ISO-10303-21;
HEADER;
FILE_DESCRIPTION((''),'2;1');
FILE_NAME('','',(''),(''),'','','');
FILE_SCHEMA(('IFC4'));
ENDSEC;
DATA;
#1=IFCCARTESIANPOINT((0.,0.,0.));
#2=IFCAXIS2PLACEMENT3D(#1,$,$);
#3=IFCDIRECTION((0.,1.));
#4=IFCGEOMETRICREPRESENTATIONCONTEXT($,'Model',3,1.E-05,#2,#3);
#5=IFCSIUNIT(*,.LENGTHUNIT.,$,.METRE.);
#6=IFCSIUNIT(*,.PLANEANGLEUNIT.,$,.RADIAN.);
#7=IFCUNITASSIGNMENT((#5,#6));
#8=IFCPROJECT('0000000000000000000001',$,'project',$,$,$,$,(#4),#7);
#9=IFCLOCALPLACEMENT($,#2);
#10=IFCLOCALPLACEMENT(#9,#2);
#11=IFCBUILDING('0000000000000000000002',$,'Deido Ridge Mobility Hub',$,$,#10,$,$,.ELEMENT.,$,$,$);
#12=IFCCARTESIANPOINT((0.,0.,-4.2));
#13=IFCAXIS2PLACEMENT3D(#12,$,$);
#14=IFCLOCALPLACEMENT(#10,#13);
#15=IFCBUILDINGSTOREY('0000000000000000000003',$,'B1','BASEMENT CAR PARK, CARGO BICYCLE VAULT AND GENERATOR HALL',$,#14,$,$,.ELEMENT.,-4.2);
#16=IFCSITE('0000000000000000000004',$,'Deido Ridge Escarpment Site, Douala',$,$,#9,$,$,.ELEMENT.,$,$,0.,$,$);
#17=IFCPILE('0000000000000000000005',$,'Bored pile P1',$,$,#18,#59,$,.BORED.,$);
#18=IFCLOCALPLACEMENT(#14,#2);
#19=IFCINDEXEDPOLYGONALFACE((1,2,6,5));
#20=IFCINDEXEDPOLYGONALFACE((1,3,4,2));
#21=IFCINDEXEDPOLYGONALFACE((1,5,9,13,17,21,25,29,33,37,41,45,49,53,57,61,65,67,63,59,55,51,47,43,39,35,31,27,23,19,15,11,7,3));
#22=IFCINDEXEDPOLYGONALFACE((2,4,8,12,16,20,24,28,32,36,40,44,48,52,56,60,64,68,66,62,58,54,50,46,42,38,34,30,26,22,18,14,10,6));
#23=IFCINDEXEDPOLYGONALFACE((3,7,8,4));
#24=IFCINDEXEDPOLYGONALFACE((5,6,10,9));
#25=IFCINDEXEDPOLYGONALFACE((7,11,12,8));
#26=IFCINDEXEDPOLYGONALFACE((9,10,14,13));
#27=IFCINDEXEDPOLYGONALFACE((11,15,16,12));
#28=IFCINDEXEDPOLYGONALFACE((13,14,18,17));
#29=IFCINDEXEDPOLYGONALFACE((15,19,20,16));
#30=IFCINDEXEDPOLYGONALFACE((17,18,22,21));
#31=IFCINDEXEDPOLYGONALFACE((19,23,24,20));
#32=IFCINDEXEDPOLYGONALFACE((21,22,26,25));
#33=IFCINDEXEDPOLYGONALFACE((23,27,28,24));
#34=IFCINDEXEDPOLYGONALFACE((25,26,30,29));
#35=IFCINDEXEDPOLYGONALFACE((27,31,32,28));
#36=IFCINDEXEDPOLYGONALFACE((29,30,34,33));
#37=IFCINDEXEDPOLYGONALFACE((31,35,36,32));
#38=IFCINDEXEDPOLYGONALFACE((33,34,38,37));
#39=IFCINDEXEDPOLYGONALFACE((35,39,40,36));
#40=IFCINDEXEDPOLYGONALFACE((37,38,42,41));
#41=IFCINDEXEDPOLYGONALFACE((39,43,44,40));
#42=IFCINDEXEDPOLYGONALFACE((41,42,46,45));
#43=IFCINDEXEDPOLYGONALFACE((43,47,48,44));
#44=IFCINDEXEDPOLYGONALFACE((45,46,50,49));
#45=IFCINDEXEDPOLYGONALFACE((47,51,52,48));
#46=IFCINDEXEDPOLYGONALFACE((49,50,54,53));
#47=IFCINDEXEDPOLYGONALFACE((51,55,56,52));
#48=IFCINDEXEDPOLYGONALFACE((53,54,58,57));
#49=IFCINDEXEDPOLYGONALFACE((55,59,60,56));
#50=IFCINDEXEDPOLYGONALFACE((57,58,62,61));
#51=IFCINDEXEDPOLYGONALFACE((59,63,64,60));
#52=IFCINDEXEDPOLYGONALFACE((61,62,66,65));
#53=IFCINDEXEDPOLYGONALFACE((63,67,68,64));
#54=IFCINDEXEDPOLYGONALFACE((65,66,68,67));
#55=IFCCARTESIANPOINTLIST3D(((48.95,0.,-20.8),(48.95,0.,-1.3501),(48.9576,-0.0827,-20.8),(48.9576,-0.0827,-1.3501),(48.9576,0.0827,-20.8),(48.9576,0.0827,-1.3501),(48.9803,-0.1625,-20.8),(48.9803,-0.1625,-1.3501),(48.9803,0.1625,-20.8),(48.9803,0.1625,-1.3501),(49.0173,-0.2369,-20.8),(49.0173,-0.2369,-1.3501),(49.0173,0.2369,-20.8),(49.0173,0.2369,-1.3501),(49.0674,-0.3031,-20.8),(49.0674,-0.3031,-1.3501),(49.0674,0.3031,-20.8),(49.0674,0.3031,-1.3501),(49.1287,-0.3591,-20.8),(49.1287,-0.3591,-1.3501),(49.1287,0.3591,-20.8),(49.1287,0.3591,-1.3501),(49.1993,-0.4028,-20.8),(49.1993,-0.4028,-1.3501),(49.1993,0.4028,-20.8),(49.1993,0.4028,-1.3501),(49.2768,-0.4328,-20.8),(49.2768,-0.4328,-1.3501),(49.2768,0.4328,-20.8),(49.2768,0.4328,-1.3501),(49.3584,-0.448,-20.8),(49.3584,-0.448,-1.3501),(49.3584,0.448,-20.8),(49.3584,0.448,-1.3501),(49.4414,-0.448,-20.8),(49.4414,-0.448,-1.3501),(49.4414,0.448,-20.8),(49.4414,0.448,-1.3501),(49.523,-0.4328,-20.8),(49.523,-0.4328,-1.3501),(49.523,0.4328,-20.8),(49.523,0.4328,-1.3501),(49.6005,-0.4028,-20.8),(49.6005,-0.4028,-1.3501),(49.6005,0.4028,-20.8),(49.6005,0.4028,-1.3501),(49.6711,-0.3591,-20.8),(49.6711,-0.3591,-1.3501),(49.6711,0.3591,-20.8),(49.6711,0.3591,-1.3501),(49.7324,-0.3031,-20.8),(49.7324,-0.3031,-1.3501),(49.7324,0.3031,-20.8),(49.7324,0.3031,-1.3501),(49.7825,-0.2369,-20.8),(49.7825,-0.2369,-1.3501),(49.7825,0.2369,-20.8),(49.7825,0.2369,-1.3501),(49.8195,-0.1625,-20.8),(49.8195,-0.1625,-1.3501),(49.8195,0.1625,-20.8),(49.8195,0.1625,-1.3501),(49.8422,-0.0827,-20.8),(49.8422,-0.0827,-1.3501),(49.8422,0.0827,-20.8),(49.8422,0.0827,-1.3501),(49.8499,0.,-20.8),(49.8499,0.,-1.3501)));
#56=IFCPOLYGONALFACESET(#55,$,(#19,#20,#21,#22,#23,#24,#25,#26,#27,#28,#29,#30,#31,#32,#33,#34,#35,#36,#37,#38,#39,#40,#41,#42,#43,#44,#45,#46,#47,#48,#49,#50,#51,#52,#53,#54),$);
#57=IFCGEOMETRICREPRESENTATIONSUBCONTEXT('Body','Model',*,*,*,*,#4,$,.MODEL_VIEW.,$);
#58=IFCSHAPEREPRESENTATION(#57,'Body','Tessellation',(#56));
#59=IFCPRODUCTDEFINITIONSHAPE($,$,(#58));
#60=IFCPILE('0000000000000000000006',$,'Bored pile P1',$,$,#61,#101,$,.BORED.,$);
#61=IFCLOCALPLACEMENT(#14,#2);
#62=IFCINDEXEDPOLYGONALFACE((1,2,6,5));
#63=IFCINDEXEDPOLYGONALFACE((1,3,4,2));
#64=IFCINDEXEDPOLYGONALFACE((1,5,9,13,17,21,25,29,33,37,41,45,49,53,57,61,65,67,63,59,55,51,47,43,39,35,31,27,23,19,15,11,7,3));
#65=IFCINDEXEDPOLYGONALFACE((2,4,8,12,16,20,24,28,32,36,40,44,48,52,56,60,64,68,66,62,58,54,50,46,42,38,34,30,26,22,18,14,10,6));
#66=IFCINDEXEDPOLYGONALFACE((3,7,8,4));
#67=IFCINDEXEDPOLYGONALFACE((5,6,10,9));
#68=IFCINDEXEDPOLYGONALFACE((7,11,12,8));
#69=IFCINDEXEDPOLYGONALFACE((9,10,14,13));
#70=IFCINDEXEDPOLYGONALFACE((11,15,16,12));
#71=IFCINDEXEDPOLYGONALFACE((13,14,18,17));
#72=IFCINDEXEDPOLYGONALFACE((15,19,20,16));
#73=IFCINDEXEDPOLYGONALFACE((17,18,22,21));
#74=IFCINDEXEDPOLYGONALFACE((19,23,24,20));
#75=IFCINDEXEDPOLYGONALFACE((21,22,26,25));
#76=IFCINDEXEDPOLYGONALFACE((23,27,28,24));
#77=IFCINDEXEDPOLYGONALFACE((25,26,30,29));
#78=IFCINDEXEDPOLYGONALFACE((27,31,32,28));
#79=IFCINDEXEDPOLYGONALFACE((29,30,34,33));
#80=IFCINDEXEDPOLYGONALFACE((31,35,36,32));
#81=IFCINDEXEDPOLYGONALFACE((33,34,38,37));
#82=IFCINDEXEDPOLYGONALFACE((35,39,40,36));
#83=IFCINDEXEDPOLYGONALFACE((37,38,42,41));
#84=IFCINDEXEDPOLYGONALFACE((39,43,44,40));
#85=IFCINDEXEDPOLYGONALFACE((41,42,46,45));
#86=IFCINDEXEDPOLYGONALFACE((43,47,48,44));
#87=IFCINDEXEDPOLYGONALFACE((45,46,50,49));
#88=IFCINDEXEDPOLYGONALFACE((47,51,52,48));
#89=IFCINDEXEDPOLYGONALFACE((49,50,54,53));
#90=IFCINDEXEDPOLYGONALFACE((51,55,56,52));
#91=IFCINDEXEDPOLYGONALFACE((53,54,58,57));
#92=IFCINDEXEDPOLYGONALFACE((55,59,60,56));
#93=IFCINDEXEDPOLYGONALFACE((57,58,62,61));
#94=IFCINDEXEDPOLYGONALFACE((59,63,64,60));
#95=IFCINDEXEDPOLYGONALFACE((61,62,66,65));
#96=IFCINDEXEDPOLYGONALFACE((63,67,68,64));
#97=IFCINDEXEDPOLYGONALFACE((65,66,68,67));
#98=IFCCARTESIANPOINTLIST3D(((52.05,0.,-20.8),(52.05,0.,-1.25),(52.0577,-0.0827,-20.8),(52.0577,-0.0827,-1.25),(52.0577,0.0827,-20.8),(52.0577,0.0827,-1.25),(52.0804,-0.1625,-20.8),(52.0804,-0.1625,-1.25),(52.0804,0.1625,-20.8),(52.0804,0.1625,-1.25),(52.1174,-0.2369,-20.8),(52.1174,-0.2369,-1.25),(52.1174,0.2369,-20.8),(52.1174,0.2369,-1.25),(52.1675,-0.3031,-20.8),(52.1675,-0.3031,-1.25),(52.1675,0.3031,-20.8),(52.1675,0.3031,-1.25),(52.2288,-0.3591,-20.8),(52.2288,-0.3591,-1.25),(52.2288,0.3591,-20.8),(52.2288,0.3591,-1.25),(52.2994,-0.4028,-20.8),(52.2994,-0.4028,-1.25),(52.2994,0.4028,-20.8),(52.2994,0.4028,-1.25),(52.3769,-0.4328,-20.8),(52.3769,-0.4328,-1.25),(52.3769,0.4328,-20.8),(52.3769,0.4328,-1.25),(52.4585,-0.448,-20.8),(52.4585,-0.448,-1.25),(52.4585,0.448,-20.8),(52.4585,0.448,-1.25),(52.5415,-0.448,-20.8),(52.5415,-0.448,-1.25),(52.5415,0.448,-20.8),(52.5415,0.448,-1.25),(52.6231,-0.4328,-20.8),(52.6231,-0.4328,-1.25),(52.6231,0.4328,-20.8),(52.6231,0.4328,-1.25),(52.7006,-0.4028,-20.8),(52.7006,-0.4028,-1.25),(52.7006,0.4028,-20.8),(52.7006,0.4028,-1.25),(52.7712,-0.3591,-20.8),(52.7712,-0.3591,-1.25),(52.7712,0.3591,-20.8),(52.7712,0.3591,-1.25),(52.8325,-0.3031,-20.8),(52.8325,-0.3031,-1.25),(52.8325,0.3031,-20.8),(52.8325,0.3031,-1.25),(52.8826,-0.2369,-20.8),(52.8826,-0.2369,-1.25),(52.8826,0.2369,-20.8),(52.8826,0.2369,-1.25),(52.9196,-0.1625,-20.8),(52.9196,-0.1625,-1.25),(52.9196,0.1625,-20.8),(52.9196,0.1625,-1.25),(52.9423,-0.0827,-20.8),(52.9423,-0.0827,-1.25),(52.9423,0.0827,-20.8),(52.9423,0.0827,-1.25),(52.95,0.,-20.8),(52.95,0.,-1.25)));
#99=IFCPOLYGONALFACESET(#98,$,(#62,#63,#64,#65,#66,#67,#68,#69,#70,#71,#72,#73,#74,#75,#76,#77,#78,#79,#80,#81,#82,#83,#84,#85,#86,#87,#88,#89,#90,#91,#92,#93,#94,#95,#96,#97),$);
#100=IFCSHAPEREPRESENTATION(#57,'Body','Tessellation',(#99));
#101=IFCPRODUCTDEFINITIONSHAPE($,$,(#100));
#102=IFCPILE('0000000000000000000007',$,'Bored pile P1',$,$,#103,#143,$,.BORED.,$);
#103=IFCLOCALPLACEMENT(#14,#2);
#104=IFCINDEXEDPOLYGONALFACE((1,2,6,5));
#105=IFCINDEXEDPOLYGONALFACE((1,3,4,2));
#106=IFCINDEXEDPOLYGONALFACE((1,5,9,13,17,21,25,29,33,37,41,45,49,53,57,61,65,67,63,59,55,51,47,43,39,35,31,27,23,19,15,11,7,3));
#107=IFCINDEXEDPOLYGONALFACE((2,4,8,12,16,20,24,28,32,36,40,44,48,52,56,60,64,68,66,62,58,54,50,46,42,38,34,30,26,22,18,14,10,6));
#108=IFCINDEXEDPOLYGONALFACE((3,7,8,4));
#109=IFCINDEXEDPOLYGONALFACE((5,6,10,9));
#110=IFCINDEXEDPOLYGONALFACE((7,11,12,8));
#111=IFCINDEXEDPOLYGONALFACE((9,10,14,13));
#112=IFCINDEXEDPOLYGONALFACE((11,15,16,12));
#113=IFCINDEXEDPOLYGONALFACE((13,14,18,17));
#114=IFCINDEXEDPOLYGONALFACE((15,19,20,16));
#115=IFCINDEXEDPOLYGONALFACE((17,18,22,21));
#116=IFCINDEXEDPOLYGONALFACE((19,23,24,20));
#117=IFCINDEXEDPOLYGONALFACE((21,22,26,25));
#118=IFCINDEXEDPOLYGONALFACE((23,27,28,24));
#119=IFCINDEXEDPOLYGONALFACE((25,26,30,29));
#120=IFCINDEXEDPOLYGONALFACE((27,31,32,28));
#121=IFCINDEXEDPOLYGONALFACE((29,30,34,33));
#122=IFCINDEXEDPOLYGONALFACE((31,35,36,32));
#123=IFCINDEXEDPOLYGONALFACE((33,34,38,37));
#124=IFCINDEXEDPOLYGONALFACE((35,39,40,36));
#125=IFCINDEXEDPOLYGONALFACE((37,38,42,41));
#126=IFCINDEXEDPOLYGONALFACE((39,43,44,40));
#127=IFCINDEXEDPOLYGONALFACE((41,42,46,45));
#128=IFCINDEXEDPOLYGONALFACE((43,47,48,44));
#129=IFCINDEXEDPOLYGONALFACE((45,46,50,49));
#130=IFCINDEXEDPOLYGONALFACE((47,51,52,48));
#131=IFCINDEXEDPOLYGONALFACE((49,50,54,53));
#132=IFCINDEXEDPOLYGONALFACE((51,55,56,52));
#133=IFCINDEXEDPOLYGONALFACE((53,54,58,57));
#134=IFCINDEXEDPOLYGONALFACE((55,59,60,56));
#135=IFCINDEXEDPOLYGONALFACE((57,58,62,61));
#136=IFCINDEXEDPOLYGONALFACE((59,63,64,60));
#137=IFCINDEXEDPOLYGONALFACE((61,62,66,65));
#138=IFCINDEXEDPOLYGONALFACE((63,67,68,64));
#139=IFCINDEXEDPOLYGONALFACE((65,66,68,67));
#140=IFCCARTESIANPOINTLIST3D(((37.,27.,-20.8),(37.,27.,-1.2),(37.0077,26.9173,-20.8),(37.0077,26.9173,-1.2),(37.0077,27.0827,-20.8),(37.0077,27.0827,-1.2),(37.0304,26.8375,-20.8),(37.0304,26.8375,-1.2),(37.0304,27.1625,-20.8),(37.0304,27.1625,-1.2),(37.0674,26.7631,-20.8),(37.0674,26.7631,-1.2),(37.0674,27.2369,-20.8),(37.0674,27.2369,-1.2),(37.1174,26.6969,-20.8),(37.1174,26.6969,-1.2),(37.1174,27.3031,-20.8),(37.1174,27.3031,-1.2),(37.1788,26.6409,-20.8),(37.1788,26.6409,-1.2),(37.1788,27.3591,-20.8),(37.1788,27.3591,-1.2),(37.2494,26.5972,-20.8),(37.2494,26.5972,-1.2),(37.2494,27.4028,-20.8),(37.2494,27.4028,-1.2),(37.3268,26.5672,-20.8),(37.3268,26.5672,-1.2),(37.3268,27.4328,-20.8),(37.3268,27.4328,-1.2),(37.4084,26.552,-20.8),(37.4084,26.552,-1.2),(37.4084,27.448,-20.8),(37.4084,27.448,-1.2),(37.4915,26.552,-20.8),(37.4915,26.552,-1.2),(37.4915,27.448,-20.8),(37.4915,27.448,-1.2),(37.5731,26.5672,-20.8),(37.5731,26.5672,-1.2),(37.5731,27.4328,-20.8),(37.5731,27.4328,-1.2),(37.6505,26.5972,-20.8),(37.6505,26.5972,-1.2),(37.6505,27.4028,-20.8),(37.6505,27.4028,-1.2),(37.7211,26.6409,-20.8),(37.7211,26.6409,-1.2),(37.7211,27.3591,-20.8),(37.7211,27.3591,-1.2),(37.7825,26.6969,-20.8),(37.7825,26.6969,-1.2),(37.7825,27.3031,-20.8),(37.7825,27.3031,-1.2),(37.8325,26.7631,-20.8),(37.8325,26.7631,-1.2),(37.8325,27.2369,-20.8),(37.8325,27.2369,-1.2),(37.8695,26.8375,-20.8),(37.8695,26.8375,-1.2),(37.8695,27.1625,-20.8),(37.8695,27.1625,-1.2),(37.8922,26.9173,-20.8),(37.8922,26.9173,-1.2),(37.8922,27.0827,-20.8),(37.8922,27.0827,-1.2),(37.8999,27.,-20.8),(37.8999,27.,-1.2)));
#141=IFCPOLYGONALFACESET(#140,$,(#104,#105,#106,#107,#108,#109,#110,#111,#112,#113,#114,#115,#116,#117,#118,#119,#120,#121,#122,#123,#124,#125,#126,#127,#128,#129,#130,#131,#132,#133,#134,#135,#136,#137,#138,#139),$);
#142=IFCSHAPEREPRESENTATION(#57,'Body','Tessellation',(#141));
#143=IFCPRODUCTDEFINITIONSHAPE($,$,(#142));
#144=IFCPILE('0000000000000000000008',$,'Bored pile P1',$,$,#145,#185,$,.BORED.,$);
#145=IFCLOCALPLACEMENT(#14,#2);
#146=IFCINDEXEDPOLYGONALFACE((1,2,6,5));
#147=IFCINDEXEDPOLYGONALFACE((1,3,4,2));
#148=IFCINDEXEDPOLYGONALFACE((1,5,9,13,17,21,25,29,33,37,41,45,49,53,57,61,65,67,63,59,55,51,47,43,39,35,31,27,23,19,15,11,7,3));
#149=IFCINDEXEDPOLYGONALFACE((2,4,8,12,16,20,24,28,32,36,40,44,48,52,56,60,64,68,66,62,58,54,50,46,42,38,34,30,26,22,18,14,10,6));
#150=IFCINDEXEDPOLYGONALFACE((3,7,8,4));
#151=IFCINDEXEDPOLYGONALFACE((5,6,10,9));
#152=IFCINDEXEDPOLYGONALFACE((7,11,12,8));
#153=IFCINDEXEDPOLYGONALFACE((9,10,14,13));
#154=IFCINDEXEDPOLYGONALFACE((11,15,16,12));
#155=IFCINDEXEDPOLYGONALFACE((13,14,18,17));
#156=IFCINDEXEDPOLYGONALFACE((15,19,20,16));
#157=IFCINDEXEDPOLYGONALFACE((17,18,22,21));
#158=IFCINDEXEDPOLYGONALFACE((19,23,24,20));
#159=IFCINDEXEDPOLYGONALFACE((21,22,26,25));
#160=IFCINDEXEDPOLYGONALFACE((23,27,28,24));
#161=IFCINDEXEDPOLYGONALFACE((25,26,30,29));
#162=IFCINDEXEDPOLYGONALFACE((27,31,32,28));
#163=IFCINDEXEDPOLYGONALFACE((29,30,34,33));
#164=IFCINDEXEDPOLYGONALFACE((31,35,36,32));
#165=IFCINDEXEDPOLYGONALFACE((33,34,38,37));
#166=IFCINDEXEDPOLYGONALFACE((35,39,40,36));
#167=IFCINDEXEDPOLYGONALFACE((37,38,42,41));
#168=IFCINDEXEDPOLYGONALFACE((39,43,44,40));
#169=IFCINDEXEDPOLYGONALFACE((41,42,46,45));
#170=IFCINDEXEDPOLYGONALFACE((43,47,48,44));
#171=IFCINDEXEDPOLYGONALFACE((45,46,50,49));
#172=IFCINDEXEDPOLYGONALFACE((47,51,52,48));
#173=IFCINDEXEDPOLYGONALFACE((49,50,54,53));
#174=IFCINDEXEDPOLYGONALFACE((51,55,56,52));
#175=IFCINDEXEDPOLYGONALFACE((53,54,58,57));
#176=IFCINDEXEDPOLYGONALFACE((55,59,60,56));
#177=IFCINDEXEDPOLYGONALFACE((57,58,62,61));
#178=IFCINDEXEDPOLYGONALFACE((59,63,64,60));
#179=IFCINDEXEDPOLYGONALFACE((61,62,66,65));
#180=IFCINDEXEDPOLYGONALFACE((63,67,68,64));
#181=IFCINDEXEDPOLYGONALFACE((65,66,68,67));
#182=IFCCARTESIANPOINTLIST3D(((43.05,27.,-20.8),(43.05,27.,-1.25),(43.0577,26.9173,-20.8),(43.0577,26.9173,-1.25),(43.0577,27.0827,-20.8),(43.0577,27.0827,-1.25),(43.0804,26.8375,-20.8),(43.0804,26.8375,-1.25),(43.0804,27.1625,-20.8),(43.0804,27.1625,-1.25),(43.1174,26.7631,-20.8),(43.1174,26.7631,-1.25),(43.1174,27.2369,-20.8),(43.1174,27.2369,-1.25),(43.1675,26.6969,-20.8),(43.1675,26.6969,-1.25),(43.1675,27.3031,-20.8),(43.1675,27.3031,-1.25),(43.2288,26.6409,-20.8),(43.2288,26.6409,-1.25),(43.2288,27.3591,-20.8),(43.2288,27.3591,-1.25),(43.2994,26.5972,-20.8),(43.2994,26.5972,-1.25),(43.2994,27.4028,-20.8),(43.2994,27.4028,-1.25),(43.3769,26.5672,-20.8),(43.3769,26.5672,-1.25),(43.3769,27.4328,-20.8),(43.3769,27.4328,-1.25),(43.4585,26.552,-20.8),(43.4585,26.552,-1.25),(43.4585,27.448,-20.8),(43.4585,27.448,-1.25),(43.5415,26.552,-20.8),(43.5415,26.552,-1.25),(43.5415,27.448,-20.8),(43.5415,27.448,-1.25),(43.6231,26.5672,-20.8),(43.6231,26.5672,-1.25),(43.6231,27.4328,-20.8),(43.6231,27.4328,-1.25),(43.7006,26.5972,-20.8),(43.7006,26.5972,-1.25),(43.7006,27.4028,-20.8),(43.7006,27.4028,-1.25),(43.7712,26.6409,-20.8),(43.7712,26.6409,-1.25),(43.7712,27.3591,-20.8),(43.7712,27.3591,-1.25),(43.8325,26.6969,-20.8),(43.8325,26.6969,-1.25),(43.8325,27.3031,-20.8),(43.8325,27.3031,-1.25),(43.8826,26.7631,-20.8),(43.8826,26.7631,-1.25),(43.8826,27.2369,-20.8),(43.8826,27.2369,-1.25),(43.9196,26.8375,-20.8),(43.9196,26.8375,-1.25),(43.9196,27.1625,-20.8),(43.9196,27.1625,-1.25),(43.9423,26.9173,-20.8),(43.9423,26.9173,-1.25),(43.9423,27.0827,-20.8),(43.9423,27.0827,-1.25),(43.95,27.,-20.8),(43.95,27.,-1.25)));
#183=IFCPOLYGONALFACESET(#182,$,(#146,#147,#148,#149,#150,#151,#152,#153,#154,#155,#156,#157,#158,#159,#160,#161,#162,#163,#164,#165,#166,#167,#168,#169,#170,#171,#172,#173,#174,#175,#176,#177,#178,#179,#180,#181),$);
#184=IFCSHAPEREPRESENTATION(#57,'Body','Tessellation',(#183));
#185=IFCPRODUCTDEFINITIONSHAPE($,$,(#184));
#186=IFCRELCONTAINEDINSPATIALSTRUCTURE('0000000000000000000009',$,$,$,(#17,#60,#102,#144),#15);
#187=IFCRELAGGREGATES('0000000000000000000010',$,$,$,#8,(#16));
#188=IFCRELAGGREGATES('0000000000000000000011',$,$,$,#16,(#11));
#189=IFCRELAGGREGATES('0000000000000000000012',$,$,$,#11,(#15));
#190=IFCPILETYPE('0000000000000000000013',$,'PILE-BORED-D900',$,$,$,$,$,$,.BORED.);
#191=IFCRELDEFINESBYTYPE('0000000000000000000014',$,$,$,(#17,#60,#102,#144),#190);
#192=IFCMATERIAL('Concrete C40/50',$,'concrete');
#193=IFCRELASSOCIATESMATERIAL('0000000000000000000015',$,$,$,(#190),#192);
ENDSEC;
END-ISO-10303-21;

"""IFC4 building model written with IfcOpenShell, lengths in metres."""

from ifc_helpers import new_model, si_unit, direction, frame, origin, origin_2d, place, context, subcontext, project, spatial, circle, extrude, material, material_profile, profile_set, type_object, element, save


model = new_model("IFC4")

# Units and contexts
model_context = context("Model", 3, precision=1e-05, world=origin(), true_north=direction((0.0, 1.0)))
body_context = subcontext(model_context, "Body", "Model", "MODEL_VIEW")
ifc_project = project(units=[si_unit("LENGTHUNIT", "METRE"), si_unit("PLANEANGLEUNIT", "RADIAN")], contexts=[model_context])

# Site, building, storey
site_placement = place(None, origin())
site = spatial("IfcSite", under=ifc_project, at=site_placement, Name="Deido Ridge Escarpment Site, Douala", CompositionType="ELEMENT", RefElevation=0.0)
building_placement = place(site_placement, origin())
building = spatial("IfcBuilding", under=site, at=building_placement, Name="Deido Ridge Mobility Hub", CompositionType="ELEMENT")
storey_placement = place(building_placement, frame((0.0, 0.0, -4.2)))
storey = spatial("IfcBuildingStorey", under=building, at=storey_placement, Name="B1", Description="BASEMENT CAR PARK, CARGO BICYCLE VAULT AND GENERATOR HALL", CompositionType="ELEMENT", Elevation=-4.2)

# Shared definitions
ifc_material_1 = material(Name="Concrete C40/50", Category="concrete")

# Piles
ifc_material_profile_1 = material_profile(ifc_material_1, circle(Radius=0.45, at=origin_2d()), Name="BORED PILE D900")
ifc_profile_set_1 = profile_set([ifc_material_profile_1], Name="Concrete C40/50")
pile_type = type_object("IfcPileType", Name="PILE-BORED-D900", PredefinedType="BORED", material=ifc_profile_set_1)
for number, where, z_axis, x_axis, name in (
    (1, (49.3999, 0.0, -1.3501), (0.0, 0.0, -1.0), (1.0, 0.0, 0.0), "Bored pile P1"),
):
    element("IfcPile", number, at=place(storey_placement, frame(where, z_axis=z_axis, x_axis=x_axis)), inside=storey, type_object=pile_type, Name=name, PredefinedType="BORED", context=body_context, shape_type="SweptSolid", body=[
        extrude(circle(Radius=0.45, at=origin_2d()), origin(), (0.0, 0.0, 1.0), 19.45),
    ])
pile_1_placement = place(storey_placement, frame((52.5, 0.0, -1.25), z_axis=(0.0, 0.0, -1.0), x_axis=(1.0, 0.0, 0.0)))
element("IfcPile", 2, at=pile_1_placement, inside=storey, type_object=pile_type, Name="Bored pile P1", PredefinedType="BORED", context=body_context, shape_type="SweptSolid", body=[
    extrude(circle(Radius=0.45, at=origin_2d()), origin(), (0.0, 0.0, 1.0), 19.55),
])
pile_2_placement = place(storey_placement, frame((37.45, 27.0, -1.2), z_axis=(0.0, 0.0, -1.0), x_axis=(1.0, 0.0, 0.0)))
element("IfcPile", 3, at=pile_2_placement, inside=storey, type_object=pile_type, Name="Bored pile P1", PredefinedType="BORED", context=body_context, shape_type="SweptSolid", body=[
    extrude(circle(Radius=0.45, at=origin_2d()), origin(), (0.0, 0.0, 1.0), 19.6001),
])
for number, where, z_axis, x_axis, name in (
    (4, (43.5, 27.0, -1.25), (0.0, 0.0, -1.0), (1.0, 0.0, 0.0), "Bored pile P1"),
):
    element("IfcPile", number, at=place(storey_placement, frame(where, z_axis=z_axis, x_axis=x_axis)), inside=storey, type_object=pile_type, Name=name, PredefinedType="BORED", context=body_context, shape_type="SweptSolid", body=[
        extrude(circle(Radius=0.45, at=origin_2d()), origin(), (0.0, 0.0, 1.0), 19.55),
    ])

save(model, "model.ifc")
